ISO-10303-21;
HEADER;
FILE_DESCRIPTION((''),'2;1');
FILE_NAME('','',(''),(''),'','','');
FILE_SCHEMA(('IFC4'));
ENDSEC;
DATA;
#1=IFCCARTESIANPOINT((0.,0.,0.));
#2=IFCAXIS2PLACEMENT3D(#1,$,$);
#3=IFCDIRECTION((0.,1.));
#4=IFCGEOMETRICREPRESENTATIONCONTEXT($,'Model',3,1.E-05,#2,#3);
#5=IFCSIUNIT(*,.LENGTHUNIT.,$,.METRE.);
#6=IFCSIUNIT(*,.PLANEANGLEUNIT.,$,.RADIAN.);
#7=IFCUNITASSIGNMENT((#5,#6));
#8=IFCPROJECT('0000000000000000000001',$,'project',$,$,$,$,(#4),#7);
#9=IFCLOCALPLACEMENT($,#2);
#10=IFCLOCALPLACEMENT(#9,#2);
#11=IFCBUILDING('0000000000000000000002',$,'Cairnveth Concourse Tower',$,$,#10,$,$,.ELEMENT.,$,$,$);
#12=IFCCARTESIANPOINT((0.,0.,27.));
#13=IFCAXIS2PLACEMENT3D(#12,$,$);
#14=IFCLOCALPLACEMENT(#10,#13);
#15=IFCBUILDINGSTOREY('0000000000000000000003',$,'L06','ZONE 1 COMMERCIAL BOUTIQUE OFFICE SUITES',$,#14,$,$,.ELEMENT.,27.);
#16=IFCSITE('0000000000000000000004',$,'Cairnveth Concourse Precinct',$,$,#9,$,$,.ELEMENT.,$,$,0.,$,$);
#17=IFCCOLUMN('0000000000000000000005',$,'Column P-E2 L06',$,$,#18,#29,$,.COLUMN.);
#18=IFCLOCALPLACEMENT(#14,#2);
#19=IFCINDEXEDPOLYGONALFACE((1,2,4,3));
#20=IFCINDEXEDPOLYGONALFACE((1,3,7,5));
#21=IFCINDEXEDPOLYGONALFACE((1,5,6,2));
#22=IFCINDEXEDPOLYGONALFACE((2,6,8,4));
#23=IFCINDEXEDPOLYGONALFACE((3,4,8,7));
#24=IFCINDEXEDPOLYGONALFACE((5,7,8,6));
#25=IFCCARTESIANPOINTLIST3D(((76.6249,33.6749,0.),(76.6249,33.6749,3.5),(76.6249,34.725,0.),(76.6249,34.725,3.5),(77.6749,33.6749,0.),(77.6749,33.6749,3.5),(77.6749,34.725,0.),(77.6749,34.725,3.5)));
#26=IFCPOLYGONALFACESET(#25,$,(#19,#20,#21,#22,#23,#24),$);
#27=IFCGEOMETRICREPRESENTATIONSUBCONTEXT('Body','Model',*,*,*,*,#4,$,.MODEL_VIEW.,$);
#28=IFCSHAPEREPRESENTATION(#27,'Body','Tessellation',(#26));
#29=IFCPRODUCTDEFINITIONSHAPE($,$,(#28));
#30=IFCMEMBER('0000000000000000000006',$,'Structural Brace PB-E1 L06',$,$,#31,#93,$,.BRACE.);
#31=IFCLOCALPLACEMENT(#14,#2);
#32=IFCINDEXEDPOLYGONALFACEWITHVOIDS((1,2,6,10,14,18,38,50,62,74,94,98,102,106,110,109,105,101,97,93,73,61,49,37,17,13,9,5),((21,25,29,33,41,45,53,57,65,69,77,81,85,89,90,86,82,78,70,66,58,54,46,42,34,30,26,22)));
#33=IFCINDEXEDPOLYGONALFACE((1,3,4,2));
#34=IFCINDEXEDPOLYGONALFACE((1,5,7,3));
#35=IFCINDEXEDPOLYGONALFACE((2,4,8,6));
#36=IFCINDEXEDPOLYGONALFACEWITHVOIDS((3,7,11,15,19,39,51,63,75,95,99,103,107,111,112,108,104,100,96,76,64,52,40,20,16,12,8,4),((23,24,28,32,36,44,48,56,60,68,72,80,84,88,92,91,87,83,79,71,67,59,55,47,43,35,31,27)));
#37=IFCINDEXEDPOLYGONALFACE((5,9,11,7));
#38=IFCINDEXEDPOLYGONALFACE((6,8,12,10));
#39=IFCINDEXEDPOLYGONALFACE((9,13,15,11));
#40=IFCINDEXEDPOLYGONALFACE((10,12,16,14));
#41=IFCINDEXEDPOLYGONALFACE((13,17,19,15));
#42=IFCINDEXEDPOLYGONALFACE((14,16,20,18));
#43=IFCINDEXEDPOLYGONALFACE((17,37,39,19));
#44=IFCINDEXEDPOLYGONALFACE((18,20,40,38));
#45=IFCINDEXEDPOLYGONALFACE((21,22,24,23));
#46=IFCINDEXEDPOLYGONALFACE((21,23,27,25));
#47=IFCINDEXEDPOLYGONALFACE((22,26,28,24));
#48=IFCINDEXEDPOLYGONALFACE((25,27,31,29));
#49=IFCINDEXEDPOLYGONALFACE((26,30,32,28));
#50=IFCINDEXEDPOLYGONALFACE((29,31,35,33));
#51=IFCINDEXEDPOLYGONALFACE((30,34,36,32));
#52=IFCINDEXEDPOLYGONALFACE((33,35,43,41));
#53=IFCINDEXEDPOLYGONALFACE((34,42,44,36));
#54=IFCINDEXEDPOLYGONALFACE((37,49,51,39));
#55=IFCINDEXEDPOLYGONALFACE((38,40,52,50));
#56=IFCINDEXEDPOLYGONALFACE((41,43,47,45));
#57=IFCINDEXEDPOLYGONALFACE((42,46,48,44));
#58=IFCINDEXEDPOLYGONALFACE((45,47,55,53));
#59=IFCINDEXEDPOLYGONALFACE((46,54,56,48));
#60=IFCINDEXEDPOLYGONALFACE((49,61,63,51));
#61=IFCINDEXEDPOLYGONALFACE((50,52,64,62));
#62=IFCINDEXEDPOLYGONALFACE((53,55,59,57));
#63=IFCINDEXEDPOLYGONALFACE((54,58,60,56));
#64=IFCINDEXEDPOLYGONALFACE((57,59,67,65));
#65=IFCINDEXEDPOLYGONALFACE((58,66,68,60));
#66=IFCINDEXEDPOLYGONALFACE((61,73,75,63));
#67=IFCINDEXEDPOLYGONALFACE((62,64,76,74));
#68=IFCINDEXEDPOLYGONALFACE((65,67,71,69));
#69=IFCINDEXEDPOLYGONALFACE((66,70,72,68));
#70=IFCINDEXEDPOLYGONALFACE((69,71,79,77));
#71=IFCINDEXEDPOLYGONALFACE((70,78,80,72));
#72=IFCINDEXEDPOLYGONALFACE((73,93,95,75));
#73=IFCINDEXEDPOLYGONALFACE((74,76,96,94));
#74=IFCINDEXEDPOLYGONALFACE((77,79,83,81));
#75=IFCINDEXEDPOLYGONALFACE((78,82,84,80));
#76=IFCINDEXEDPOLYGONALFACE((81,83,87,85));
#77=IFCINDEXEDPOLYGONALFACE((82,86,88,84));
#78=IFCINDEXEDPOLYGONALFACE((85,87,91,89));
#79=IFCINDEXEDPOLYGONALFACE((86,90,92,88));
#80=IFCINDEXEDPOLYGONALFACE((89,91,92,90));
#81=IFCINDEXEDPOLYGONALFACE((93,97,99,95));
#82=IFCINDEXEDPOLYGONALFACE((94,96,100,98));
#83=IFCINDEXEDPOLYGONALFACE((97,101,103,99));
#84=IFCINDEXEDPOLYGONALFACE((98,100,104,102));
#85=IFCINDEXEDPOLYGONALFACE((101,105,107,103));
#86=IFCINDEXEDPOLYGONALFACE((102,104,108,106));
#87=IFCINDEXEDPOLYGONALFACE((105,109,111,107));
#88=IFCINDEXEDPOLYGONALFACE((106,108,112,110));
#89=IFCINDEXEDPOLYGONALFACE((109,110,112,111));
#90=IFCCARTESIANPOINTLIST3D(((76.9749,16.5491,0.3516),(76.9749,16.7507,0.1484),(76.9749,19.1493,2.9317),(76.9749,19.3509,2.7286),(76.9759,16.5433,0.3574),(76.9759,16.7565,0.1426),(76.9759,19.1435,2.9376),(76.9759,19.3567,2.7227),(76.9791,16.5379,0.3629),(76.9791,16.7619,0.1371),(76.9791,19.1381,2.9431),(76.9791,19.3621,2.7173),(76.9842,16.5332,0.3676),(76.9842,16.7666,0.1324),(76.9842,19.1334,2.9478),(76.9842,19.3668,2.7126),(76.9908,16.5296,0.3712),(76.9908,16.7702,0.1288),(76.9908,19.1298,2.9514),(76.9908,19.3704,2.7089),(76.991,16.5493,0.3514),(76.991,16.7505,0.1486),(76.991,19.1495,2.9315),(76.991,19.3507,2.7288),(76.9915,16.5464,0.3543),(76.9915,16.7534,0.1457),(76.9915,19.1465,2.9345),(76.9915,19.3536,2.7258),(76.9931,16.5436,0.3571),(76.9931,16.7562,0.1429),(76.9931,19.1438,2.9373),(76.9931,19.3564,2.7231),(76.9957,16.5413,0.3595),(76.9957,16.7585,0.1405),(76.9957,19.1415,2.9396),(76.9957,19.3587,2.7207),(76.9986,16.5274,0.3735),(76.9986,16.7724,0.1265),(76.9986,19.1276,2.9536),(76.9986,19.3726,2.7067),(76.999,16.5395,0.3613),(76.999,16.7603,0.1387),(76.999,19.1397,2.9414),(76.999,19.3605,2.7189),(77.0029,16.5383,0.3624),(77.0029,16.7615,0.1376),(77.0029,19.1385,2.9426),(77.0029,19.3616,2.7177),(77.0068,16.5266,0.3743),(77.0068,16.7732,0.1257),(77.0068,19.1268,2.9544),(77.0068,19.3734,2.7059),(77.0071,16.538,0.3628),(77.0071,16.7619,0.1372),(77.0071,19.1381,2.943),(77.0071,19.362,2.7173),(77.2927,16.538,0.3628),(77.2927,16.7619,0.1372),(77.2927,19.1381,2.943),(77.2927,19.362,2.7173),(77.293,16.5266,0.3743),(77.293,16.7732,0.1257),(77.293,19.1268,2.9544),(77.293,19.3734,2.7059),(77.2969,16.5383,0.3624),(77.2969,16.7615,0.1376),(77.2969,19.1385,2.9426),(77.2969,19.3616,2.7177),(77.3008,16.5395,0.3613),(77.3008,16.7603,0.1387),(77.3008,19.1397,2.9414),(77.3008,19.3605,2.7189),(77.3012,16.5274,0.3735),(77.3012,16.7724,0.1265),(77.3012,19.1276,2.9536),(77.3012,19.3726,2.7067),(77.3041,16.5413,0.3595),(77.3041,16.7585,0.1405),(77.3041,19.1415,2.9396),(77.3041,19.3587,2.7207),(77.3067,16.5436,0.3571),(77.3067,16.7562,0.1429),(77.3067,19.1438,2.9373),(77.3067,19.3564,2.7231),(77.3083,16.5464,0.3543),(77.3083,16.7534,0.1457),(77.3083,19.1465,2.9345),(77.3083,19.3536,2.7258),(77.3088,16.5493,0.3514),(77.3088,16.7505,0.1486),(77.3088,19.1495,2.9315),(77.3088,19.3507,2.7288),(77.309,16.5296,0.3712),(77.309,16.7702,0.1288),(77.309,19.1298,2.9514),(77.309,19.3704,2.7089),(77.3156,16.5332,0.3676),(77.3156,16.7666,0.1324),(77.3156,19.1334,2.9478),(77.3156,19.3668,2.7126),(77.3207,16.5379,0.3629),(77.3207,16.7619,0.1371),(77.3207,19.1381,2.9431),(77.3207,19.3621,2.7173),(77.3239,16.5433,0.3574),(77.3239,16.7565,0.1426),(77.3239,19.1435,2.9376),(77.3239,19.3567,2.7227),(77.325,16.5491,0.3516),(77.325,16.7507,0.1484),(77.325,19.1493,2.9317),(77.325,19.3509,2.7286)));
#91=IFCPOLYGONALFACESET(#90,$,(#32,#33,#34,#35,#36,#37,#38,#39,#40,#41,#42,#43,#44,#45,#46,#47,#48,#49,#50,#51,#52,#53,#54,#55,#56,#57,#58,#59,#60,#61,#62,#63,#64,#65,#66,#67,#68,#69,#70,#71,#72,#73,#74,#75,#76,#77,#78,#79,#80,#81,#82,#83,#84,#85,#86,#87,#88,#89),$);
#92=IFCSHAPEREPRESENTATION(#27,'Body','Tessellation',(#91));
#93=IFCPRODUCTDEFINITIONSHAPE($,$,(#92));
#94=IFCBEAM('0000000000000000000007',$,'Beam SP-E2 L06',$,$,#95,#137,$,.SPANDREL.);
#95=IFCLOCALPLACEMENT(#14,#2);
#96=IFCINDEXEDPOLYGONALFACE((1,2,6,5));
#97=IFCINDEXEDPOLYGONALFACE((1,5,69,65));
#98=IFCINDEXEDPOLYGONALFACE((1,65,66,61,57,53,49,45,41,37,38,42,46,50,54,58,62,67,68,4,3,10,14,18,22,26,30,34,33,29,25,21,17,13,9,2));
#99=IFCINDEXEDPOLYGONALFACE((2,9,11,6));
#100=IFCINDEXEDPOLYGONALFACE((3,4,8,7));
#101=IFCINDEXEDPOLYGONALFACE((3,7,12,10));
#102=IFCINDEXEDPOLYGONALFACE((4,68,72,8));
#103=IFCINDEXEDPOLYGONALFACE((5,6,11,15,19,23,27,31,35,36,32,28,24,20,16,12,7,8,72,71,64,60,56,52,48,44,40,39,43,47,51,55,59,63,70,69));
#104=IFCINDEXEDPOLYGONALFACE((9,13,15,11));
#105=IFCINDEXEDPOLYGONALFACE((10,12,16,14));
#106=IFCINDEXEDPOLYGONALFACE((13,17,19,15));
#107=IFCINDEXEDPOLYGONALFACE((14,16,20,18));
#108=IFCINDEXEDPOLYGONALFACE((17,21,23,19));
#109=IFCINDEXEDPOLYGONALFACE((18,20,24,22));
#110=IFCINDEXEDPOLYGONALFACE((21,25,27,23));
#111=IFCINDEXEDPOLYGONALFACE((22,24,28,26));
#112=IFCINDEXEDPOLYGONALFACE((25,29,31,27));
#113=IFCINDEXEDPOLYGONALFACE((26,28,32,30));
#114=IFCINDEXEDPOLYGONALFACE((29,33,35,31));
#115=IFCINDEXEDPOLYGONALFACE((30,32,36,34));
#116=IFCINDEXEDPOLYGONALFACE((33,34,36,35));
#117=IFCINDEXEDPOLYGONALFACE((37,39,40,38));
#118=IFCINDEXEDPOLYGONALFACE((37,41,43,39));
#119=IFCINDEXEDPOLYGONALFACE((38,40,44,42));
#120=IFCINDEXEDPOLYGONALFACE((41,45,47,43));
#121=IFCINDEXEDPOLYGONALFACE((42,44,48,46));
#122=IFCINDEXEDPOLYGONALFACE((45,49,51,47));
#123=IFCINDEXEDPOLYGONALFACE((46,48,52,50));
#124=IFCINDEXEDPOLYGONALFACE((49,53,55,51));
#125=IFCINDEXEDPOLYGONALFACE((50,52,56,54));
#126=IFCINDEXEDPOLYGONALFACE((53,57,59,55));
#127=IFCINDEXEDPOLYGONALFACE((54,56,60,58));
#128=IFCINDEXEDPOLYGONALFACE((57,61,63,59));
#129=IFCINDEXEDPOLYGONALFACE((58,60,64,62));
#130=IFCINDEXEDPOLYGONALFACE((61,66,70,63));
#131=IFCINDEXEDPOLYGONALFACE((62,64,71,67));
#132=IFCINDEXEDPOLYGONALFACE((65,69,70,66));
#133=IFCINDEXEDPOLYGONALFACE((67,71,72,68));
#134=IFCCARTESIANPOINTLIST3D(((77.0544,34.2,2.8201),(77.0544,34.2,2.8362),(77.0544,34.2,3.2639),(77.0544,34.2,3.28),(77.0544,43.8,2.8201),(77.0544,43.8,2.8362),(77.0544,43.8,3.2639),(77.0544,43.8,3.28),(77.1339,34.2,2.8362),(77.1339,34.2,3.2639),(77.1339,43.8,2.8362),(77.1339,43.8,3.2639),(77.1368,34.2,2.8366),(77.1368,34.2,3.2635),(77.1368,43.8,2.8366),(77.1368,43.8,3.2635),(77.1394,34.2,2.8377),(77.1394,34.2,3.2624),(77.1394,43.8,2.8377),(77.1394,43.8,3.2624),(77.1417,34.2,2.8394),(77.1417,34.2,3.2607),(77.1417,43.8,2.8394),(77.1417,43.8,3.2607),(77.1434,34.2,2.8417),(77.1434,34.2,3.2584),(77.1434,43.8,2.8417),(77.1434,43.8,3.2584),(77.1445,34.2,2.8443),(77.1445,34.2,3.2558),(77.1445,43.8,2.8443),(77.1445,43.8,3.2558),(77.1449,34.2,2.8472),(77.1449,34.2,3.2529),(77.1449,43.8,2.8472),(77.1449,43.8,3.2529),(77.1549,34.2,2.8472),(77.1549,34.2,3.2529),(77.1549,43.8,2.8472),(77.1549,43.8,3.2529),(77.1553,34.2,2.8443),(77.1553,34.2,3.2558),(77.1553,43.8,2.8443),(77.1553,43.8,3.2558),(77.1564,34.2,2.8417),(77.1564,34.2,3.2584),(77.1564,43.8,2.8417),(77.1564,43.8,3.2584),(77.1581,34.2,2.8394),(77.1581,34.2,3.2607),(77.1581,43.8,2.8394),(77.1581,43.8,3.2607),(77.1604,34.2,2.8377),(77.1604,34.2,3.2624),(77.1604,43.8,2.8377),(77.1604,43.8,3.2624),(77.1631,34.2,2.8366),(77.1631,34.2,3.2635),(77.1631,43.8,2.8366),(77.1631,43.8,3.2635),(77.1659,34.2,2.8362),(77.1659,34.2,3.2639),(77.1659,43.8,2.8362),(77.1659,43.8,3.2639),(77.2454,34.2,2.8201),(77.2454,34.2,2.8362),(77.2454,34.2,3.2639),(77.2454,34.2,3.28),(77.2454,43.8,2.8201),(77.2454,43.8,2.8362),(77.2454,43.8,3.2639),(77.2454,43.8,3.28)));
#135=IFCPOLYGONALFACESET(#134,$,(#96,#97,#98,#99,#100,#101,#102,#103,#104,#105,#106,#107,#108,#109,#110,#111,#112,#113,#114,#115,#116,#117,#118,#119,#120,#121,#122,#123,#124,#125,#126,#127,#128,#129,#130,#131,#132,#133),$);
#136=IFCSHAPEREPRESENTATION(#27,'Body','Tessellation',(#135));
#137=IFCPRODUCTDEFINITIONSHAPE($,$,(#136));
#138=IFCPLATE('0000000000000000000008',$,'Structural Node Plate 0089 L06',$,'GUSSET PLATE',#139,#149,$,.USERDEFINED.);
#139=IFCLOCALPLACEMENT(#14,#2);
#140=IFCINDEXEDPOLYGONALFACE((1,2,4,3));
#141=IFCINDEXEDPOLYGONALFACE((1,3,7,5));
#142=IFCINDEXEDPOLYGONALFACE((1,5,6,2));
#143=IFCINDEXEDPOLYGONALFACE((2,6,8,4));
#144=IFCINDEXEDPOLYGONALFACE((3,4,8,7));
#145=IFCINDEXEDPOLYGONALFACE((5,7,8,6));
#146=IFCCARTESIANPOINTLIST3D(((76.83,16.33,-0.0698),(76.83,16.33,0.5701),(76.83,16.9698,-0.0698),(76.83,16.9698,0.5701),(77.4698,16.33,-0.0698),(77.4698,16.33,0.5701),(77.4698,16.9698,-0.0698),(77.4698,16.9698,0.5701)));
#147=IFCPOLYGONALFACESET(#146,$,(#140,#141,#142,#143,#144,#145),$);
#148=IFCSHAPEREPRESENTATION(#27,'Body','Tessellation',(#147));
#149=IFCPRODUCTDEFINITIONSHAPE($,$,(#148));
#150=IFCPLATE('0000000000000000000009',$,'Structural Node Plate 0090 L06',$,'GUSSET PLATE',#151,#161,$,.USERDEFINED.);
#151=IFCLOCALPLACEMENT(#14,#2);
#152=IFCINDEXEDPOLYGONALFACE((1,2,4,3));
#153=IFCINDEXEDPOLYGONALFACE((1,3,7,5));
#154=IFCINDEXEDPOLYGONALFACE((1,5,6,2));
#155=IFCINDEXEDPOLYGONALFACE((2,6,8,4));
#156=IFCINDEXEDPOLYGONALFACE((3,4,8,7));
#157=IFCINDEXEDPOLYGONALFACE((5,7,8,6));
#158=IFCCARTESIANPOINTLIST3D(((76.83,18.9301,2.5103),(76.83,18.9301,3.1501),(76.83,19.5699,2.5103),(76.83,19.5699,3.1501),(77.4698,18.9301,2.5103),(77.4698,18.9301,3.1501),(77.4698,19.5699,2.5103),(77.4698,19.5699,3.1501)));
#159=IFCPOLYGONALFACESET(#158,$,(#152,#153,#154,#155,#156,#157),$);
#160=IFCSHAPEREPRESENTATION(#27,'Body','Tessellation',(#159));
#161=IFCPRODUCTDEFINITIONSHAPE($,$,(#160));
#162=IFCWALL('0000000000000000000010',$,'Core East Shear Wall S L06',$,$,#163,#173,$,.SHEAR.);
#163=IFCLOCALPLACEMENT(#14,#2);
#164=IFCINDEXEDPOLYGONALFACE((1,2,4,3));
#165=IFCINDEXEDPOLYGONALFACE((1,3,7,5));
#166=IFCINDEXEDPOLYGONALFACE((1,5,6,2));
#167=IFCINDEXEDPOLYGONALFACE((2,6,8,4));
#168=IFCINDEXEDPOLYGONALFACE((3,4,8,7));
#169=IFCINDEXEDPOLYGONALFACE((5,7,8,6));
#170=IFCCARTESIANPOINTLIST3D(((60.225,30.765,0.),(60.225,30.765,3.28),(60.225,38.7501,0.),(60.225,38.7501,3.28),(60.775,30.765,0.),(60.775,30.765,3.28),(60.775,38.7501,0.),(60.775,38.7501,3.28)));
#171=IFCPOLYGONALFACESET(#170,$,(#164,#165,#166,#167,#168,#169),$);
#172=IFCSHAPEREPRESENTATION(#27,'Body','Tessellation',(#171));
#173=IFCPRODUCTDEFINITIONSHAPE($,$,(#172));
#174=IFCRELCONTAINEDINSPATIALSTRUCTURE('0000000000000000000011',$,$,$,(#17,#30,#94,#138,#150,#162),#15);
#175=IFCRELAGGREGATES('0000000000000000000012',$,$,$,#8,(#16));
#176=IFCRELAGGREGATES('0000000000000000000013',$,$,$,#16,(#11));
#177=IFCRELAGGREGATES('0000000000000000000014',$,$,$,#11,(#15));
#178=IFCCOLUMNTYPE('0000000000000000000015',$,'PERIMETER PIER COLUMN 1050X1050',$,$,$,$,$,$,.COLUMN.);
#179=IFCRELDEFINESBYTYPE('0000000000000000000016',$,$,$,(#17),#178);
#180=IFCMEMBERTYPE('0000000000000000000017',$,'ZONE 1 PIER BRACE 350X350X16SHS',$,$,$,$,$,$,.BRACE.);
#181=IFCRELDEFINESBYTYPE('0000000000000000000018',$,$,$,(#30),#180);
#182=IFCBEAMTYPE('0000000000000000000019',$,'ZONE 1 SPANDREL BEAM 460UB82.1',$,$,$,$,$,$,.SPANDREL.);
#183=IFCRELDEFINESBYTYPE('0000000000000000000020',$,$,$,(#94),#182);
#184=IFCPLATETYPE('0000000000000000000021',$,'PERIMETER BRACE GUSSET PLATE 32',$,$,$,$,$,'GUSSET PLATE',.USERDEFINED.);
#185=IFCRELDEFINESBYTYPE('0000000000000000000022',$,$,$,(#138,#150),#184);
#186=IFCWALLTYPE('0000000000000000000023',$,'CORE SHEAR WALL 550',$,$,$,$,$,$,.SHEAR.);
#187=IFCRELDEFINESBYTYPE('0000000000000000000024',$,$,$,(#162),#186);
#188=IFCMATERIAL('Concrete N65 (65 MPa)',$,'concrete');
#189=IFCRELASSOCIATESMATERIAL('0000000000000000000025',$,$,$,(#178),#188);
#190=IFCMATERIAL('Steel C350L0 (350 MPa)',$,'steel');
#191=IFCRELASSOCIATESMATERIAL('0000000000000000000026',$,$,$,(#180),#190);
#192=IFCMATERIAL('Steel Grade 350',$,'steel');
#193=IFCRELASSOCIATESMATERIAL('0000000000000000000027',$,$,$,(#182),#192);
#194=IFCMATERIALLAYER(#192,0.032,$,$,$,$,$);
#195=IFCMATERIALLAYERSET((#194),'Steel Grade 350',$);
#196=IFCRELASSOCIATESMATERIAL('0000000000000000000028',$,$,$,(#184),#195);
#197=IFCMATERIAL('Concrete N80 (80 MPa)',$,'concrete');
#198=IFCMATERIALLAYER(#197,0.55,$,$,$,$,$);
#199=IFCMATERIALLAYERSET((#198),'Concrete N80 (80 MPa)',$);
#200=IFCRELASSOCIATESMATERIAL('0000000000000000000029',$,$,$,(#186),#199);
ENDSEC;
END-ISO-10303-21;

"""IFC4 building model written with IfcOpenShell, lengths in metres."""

from ifc_helpers import new_model, si_unit, direction, frame, frame_2d, origin, origin_2d, place, context, subcontext, project, spatial, rectangle, hollow_rectangle, i_section, extrude, material, layer, layer_set, material_profile, profile_set, type_object, element, save


model = new_model("IFC4")

# Units and contexts
model_context = context("Model", 3, precision=1e-05, world=origin(), true_north=direction((0.0, 1.0)))
body_context = subcontext(model_context, "Body", "Model", "MODEL_VIEW")
ifc_project = project(units=[si_unit("LENGTHUNIT", "METRE"), si_unit("PLANEANGLEUNIT", "RADIAN")], contexts=[model_context])

# Site, building, storey
site_placement = place(None, origin())
site = spatial("IfcSite", under=ifc_project, at=site_placement, Name="Cairnveth Concourse Precinct", CompositionType="ELEMENT", RefElevation=0.0)
building_placement = place(site_placement, origin())
building = spatial("IfcBuilding", under=site, at=building_placement, Name="Cairnveth Concourse Tower", CompositionType="ELEMENT")
storey_placement = place(building_placement, frame((0.0, 0.0, 27.0)))
storey = spatial("IfcBuildingStorey", under=building, at=storey_placement, Name="L06", Description="ZONE 1 COMMERCIAL BOUTIQUE OFFICE SUITES", CompositionType="ELEMENT", Elevation=27.0)

# Column
ifc_material_1 = material(Name="Concrete N65 (65 MPa)", Category="concrete")
ifc_material_profile_1 = material_profile(ifc_material_1, rectangle(XDim=1.05, YDim=1.05, at=origin_2d()), Name="RC-COL-1050x1050")
ifc_profile_set_1 = profile_set([ifc_material_profile_1], Name="Concrete N65 (65 MPa)")
column_type = type_object("IfcColumnType", Name="PERIMETER PIER COLUMN 1050X1050", PredefinedType="COLUMN", material=ifc_profile_set_1)
column_placement = place(storey_placement, frame((77.1499, 34.2, 0.0), z_axis=(0.0, 0.0, 1.0), x_axis=(0.0, 1.0, 0.0)))
element("IfcColumn", 1, at=column_placement, inside=storey, type_object=column_type, Name="Column P-E2 L06", PredefinedType="COLUMN", context=body_context, shape_type="SweptSolid", body=[
    extrude(rectangle(XDim=1.05, YDim=1.05, at=origin_2d()), origin(), (0.0, 0.0, 1.0), 3.5),
])

# Member
ifc_material_2 = material(Name="Steel C350L0 (350 MPa)", Category="steel")
ifc_material_profile_2 = material_profile(ifc_material_2, hollow_rectangle(XDim=0.3501, YDim=0.3501, WallThickness=0.0161, InnerFilletRadius=0.0161, OuterFilletRadius=0.032, at=origin_2d()), Name="350x350x16.0SHS")
ifc_profile_set_2 = profile_set([ifc_material_profile_2], Name="Steel C350L0 (350 MPa)")
member_type = type_object("IfcMemberType", Name="ZONE 1 PIER BRACE 350X350X16SHS", PredefinedType="BRACE", material=ifc_profile_set_2)
member_placement = place(storey_placement, frame((77.1499, 16.6499, 0.25), z_axis=(0.0, 0.709834, 0.704369), x_axis=(-1.0, 0.0, 0.0)))
element("IfcMember", 2, at=member_placement, inside=storey, type_object=member_type, Name="Structural Brace PB-E1 L06", PredefinedType="BRACE", context=body_context, shape_type="SweptSolid", body=[
    extrude(hollow_rectangle(XDim=0.3501, YDim=0.3501, WallThickness=0.0161, InnerFilletRadius=0.0161, OuterFilletRadius=0.032, at=origin_2d()), origin(), (0.0, 0.0, 1.0), 3.6631),
])

# Beam
ifc_material_3 = material(Name="Steel Grade 350", Category="steel")
ifc_material_profile_3 = material_profile(ifc_material_3, i_section(OverallWidth=0.1909, OverallDepth=0.46, WebThickness=0.01, FlangeThickness=0.0161, FilletRadius=0.011, at=origin_2d()), Name="460UB82.1")
ifc_profile_set_3 = profile_set([ifc_material_profile_3], Name="Steel Grade 350")
beam_type = type_object("IfcBeamType", Name="ZONE 1 SPANDREL BEAM 460UB82.1", PredefinedType="SPANDREL", material=ifc_profile_set_3)
beam_placement = place(storey_placement, frame((77.1499, 34.2, 3.05), z_axis=(0.0, 1.0, 0.0), x_axis=(-1.0, 0.0, 0.0)))
element("IfcBeam", 3, at=beam_placement, inside=storey, type_object=beam_type, Name="Beam SP-E2 L06", PredefinedType="SPANDREL", context=body_context, shape_type="SweptSolid", body=[
    extrude(i_section(OverallWidth=0.1909, OverallDepth=0.46, WebThickness=0.01, FlangeThickness=0.0161, FilletRadius=0.011, at=origin_2d()), origin(), (0.0, 0.0, 1.0), 9.6001),
])

# Plates
ifc_layer_1 = layer(ifc_material_3, 0.032)
ifc_layer_set_1 = layer_set([ifc_layer_1], Name="Steel Grade 350")
plate_type = type_object("IfcPlateType", Name="PERIMETER BRACE GUSSET PLATE 32", ElementType="GUSSET PLATE", PredefinedType="USERDEFINED", material=ifc_layer_set_1)
for number, where, z_axis, x_axis, name in (
    (4, (77.1499, 16.6499, -0.0698), (0.0, 0.0, 1.0), (1.0, 0.0, 0.0), "Structural Node Plate 0089 L06"),
    (5, (77.1499, 19.25, 2.5103), (0.0, 0.0, 1.0), (1.0, 0.0, 0.0), "Structural Node Plate 0090 L06"),
):
    element("IfcPlate", number, at=place(storey_placement, frame(where, z_axis=z_axis, x_axis=x_axis)), inside=storey, type_object=plate_type, Name=name, ObjectType="GUSSET PLATE", PredefinedType="USERDEFINED", context=body_context, shape_type="SweptSolid", body=[
        extrude(rectangle(XDim=0.6399, YDim=0.6399, at=origin_2d()), origin(), (0.0, 0.0, 1.0), 0.6399),
    ])

# Wall
ifc_material_4 = material(Name="Concrete N80 (80 MPa)", Category="concrete")
ifc_layer_2 = layer(ifc_material_4, 0.55)
ifc_layer_set_2 = layer_set([ifc_layer_2], Name="Concrete N80 (80 MPa)")
wall_type_1 = type_object("IfcWallType", Name="CORE SHEAR WALL 550", PredefinedType="SHEAR", material=ifc_layer_set_2)
wall_1_placement = place(storey_placement, frame((60.5, 30.7649, 0.0), z_axis=(0.0, 0.0, 1.0), x_axis=(0.0, 1.0, 0.0)))
element("IfcWall", 6, at=wall_1_placement, inside=storey, type_object=wall_type_1, Name="Core East Shear Wall S L06", PredefinedType="SHEAR", context=body_context, shape_type="SweptSolid", body=[
    extrude(rectangle(XDim=7.9851, YDim=0.55, at=frame_2d((3.9927, 0.0))), origin(), (0.0, 0.0, 1.0), 3.28),
])

save(model, "model.ifc")
